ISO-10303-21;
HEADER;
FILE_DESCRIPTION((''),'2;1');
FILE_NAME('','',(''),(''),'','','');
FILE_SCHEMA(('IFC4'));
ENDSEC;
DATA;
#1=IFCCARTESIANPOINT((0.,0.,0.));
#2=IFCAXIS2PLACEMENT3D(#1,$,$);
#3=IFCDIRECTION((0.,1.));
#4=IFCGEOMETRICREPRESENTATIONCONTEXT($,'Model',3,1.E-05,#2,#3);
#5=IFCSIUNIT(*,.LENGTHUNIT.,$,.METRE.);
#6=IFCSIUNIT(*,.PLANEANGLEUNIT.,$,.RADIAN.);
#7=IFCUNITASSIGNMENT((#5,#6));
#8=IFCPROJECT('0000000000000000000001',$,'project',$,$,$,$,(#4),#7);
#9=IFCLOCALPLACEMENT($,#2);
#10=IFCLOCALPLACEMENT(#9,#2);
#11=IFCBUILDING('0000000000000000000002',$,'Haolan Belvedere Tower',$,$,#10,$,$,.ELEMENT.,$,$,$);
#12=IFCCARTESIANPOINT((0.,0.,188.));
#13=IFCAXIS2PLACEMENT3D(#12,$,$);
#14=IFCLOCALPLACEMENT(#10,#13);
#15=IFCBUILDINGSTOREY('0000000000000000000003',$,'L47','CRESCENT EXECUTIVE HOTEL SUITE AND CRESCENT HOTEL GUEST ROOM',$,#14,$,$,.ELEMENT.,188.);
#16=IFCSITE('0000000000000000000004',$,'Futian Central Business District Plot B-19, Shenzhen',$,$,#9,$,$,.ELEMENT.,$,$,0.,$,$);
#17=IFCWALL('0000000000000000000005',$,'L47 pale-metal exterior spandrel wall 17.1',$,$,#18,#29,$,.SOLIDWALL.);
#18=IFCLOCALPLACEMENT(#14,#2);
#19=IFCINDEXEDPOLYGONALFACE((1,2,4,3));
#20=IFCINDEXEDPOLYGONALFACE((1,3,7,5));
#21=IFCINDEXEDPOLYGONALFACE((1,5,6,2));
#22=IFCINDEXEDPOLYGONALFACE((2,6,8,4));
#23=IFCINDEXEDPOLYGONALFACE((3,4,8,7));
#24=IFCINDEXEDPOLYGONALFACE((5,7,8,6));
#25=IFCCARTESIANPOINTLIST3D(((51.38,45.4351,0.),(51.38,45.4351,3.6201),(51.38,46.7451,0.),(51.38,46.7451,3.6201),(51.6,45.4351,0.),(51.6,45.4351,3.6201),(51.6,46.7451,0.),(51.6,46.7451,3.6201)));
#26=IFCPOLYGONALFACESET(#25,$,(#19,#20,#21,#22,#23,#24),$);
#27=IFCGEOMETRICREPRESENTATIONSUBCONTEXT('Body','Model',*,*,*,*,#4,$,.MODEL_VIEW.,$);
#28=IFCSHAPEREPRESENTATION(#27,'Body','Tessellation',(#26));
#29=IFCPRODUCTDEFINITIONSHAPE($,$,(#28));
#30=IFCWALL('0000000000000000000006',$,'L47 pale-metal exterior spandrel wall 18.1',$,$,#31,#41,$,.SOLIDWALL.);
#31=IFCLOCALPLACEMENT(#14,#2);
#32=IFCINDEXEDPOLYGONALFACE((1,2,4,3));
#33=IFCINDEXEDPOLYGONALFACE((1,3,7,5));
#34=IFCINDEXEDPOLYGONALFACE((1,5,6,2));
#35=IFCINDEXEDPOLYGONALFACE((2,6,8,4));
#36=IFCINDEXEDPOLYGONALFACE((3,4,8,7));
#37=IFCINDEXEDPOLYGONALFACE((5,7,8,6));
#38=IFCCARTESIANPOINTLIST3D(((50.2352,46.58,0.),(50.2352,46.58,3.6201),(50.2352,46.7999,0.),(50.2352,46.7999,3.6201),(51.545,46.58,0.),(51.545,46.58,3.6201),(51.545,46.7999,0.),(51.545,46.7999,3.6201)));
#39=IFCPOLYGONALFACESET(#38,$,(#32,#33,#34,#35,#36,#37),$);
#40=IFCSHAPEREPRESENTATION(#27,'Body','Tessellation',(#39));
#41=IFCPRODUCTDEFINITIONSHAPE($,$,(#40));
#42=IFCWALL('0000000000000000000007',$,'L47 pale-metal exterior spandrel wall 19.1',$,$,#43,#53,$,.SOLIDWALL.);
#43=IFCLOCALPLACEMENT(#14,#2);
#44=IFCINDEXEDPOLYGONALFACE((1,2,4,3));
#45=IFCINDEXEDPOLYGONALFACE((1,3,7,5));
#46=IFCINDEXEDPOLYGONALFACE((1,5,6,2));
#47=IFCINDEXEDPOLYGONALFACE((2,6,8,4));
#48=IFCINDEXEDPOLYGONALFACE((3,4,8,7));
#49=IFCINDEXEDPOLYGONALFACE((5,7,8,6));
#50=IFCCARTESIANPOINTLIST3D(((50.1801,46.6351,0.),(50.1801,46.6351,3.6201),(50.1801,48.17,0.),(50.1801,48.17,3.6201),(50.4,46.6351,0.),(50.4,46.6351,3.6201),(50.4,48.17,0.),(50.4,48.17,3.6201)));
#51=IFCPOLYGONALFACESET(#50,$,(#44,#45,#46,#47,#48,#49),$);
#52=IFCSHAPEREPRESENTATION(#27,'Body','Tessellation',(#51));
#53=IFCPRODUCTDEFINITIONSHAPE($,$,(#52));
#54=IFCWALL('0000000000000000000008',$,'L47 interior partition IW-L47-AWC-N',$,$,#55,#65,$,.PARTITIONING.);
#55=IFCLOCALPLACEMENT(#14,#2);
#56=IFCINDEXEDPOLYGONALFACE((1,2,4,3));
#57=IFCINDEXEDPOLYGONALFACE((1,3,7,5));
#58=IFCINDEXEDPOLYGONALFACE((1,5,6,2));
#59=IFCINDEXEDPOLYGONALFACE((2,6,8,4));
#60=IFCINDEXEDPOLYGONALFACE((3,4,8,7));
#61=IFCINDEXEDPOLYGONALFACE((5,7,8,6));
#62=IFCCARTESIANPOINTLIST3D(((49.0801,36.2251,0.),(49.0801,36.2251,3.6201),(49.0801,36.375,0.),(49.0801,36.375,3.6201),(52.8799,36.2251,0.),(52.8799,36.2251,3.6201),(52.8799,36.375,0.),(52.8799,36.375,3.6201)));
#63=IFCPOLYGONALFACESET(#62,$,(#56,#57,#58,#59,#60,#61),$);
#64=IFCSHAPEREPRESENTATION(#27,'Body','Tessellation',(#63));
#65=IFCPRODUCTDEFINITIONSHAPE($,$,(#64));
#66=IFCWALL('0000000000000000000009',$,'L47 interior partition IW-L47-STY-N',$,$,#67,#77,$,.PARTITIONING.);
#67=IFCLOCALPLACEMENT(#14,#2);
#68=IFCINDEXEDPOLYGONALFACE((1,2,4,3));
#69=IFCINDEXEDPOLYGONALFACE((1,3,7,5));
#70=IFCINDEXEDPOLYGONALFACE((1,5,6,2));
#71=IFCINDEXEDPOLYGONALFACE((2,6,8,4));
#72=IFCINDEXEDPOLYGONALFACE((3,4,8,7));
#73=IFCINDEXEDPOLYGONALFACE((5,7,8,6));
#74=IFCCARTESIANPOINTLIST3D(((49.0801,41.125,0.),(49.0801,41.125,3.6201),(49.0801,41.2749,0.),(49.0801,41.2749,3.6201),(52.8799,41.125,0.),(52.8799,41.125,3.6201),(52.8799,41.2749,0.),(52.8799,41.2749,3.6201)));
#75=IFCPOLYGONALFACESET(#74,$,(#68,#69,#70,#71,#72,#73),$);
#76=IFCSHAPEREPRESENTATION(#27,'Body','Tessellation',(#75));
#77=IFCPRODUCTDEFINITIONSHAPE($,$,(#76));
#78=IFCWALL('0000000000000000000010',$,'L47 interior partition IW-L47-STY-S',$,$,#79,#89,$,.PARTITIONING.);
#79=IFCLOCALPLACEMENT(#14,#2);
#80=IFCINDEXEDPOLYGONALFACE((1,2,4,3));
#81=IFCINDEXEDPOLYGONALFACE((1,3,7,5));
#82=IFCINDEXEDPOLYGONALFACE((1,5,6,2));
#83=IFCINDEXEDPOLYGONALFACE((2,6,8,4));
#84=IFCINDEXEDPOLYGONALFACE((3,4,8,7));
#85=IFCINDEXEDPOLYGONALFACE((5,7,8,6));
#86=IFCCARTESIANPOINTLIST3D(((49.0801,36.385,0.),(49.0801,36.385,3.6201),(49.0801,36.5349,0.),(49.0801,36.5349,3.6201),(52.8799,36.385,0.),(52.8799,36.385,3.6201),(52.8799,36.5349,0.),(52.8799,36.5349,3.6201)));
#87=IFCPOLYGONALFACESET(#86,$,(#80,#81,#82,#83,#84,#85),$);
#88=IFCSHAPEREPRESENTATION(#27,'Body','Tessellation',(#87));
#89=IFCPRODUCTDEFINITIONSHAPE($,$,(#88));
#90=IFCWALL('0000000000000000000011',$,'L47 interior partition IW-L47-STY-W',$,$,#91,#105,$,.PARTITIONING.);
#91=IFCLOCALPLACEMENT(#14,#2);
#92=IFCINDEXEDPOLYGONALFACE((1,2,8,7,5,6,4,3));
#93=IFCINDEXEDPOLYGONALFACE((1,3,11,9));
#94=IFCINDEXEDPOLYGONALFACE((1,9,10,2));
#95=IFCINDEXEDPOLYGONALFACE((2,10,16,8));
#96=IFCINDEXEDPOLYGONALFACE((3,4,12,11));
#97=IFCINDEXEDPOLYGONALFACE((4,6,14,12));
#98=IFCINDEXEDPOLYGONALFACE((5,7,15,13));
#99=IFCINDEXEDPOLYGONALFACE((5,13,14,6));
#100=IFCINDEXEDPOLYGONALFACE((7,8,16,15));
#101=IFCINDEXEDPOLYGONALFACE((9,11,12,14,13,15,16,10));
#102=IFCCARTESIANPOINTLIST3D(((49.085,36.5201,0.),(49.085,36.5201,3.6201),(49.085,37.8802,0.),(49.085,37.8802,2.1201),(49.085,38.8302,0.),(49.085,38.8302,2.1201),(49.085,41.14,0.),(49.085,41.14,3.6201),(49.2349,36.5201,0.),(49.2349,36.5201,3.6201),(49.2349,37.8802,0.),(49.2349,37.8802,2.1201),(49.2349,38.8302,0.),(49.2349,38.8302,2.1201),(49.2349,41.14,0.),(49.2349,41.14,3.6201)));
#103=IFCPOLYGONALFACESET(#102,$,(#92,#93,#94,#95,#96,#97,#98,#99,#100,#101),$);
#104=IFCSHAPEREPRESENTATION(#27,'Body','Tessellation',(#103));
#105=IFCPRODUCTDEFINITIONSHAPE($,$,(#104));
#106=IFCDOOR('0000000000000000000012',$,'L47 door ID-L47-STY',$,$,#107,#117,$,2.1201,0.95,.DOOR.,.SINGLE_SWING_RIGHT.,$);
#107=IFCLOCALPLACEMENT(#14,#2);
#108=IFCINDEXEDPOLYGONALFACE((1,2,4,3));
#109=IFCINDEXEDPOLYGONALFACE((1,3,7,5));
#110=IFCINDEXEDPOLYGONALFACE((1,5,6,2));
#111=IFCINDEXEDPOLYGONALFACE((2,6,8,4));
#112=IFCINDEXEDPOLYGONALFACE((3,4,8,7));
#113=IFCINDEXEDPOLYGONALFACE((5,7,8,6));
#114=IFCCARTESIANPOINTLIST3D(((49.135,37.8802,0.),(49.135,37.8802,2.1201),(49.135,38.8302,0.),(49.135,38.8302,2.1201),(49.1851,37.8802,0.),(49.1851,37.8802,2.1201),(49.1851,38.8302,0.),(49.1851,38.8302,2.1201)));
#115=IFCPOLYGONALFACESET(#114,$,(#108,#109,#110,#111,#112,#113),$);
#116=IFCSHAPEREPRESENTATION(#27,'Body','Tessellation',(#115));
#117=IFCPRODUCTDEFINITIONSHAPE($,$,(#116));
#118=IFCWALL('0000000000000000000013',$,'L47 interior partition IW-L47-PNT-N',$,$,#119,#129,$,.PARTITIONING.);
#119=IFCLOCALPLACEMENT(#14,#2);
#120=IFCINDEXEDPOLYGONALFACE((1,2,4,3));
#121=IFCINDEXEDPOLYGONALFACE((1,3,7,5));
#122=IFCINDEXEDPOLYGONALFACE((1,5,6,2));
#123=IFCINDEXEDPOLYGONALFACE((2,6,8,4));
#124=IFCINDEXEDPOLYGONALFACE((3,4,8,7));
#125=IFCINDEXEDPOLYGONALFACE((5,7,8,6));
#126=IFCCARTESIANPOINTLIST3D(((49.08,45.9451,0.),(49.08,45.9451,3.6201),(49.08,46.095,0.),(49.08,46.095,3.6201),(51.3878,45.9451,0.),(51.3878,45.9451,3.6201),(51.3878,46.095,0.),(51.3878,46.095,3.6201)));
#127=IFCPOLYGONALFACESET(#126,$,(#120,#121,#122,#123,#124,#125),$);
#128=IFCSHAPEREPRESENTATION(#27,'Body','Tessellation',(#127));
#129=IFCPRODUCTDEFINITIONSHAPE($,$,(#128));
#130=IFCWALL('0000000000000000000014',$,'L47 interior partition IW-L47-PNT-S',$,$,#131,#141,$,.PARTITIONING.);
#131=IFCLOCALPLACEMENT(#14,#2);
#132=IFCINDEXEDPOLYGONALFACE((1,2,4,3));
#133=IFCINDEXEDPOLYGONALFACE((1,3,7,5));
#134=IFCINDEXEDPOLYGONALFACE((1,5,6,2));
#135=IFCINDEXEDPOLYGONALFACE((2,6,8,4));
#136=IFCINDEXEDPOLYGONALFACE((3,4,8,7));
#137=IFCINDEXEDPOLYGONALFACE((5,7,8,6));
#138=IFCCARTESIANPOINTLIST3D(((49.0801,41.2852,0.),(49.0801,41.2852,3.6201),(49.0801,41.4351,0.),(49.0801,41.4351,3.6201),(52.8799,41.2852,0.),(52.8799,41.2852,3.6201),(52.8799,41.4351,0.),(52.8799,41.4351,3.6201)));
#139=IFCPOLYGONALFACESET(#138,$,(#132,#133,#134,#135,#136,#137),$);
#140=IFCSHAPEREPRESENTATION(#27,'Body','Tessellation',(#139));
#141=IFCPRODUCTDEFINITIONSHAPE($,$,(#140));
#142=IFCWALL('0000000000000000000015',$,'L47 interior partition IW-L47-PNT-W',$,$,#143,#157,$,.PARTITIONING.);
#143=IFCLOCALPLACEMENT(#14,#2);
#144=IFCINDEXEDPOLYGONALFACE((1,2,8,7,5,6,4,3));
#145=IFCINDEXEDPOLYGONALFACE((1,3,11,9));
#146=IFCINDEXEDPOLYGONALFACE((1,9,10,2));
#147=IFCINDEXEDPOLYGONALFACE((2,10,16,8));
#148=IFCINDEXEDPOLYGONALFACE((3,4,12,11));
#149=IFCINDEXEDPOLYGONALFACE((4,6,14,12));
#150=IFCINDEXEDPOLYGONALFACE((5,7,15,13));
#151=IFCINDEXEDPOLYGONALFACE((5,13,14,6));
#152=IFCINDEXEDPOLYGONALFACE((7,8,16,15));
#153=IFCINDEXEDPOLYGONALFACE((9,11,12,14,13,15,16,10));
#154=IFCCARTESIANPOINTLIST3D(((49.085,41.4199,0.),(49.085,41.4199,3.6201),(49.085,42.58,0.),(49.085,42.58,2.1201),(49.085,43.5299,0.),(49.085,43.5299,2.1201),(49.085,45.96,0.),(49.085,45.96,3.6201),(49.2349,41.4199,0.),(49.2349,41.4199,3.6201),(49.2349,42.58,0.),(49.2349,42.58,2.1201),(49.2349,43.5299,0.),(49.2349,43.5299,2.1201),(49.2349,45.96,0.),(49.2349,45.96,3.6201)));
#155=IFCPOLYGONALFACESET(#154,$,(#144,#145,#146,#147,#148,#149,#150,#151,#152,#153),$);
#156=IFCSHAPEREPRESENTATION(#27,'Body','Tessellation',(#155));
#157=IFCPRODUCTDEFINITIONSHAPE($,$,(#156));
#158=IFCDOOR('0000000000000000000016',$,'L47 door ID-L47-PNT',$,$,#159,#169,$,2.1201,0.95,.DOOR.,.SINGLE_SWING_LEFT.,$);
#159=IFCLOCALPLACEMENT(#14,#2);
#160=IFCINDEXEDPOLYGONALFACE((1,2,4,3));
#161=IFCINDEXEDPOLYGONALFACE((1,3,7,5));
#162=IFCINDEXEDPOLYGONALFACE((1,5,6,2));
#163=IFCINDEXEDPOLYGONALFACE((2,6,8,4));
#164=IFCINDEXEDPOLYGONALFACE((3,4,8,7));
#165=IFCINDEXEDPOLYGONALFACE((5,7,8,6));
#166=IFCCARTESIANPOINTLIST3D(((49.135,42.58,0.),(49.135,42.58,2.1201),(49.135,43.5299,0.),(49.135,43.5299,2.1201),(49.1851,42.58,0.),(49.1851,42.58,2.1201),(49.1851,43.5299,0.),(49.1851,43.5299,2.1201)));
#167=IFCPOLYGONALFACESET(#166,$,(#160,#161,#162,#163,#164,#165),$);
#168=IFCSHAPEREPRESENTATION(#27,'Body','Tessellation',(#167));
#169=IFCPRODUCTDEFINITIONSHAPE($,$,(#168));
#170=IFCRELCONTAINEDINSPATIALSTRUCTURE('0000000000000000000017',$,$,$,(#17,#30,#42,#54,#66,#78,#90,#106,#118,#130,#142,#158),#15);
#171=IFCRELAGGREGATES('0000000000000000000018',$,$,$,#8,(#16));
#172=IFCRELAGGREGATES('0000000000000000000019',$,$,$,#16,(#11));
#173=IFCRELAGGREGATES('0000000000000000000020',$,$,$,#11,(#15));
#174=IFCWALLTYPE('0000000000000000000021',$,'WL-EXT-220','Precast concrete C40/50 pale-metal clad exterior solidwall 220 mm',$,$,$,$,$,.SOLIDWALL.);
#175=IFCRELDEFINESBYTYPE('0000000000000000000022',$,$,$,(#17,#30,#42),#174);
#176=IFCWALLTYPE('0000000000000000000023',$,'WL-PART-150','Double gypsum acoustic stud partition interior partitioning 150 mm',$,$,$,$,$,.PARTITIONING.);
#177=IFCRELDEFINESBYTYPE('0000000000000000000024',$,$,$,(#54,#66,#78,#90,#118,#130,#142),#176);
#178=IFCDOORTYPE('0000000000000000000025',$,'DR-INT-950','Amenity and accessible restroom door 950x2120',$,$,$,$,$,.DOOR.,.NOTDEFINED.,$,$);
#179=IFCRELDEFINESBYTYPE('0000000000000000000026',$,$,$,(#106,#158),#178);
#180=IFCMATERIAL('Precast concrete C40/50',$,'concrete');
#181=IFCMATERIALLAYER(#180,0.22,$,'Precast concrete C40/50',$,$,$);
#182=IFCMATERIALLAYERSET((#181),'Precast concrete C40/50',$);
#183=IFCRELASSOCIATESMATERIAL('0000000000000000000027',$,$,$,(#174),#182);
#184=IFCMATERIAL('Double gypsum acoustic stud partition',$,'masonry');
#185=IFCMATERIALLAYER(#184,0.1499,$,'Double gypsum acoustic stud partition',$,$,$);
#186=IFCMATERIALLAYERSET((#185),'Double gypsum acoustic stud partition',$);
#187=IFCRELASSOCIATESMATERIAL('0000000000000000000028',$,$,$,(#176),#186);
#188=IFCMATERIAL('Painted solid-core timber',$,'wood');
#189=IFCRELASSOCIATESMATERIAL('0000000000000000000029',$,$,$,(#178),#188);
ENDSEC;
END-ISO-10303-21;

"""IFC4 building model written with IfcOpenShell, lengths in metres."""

from ifc_helpers import new_model, si_unit, direction, frame, frame_2d, origin, place, context, subcontext, project, spatial, rectangle, extrude, material, layer, layer_set, type_object, element, fill, save


model = new_model("IFC4")

# Units and contexts
model_context = context("Model", 3, precision=1e-05, world=origin(), true_north=direction((0.0, 1.0)))
body_context = subcontext(model_context, "Body", "Model", "MODEL_VIEW")
ifc_project = project(units=[si_unit("LENGTHUNIT", "METRE"), si_unit("PLANEANGLEUNIT", "RADIAN")], contexts=[model_context])

# Site, building, storey
site_placement = place(None, origin())
site = spatial("IfcSite", under=ifc_project, at=site_placement, Name="Futian Central Business District Plot B-19, Shenzhen", CompositionType="ELEMENT", RefElevation=0.0)
building_placement = place(site_placement, origin())
building = spatial("IfcBuilding", under=site, at=building_placement, Name="Haolan Belvedere Tower", CompositionType="ELEMENT")
storey_placement = place(building_placement, frame((0.0, 0.0, 188.0)))
storey = spatial("IfcBuildingStorey", under=building, at=storey_placement, Name="L47", Description="CRESCENT EXECUTIVE HOTEL SUITE AND CRESCENT HOTEL GUEST ROOM", CompositionType="ELEMENT", Elevation=188.0)

# Walls
ifc_material_1 = material(Name="Precast concrete C40/50", Category="concrete")
ifc_layer_1 = layer(ifc_material_1, 0.22, Name="Precast concrete C40/50")
ifc_layer_set_1 = layer_set([ifc_layer_1], Name="Precast concrete C40/50")
wall_type_1 = type_object("IfcWallType", Name="WL-EXT-220", Description="Precast concrete C40/50 pale-metal clad exterior solidwall 220 mm", PredefinedType="SOLIDWALL", material=ifc_layer_set_1)
wall_1_placement = place(storey_placement, frame((51.49, 45.4351, 0.0), z_axis=(0.0, 0.0, 1.0), x_axis=(0.0, 1.0, 0.0)))
element("IfcWall", 1, at=wall_1_placement, inside=storey, type_object=wall_type_1, Name="L47 pale-metal exterior spandrel wall 17.1", PredefinedType="SOLIDWALL", context=body_context, shape_type="SweptSolid", body=[
    extrude(rectangle(XDim=1.3101, YDim=0.22, at=frame_2d((0.655, 0.0))), origin(), (0.0, 0.0, 1.0), 3.6201),
])
wall_2_placement = place(storey_placement, frame((51.5449, 46.6899, 0.0), z_axis=(0.0, 0.0, 1.0), x_axis=(-1.0, 0.0, 0.0)))
element("IfcWall", 2, at=wall_2_placement, inside=storey, type_object=wall_type_1, Name="L47 pale-metal exterior spandrel wall 18.1", PredefinedType="SOLIDWALL", context=body_context, shape_type="SweptSolid", body=[
    extrude(rectangle(XDim=1.3098, YDim=0.22, at=frame_2d((0.6548, 0.0))), origin(), (0.0, 0.0, 1.0), 3.6201),
])
wall_3_placement = place(storey_placement, frame((50.29, 46.635, 0.0), z_axis=(0.0, 0.0, 1.0), x_axis=(0.0, 1.0, 0.0)))
element("IfcWall", 3, at=wall_3_placement, inside=storey, type_object=wall_type_1, Name="L47 pale-metal exterior spandrel wall 19.1", PredefinedType="SOLIDWALL", context=body_context, shape_type="SweptSolid", body=[
    extrude(rectangle(XDim=1.5349, YDim=0.22, at=frame_2d((0.7676, 0.0))), origin(), (0.0, 0.0, 1.0), 3.6201),
])
ifc_material_2 = material(Name="Double gypsum acoustic stud partition", Category="masonry")
ifc_layer_2 = layer(ifc_material_2, 0.1499, Name="Double gypsum acoustic stud partition")
ifc_layer_set_2 = layer_set([ifc_layer_2], Name="Double gypsum acoustic stud partition")
wall_type_2 = type_object("IfcWallType", Name="WL-PART-150", Description="Double gypsum acoustic stud partition interior partitioning 150 mm", PredefinedType="PARTITIONING", material=ifc_layer_set_2)
for number, where, z_axis, x_axis, name in (
    (4, (49.0801, 36.3, 0.0), (0.0, 0.0, 1.0), (1.0, 0.0, 0.0), "L47 interior partition IW-L47-AWC-N"),
    (5, (49.0801, 41.2, 0.0), (0.0, 0.0, 1.0), (1.0, 0.0, 0.0), "L47 interior partition IW-L47-STY-N"),
    (6, (49.0801, 36.46, 0.0), (0.0, 0.0, 1.0), (1.0, 0.0, 0.0), "L47 interior partition IW-L47-STY-S"),
):
    element("IfcWall", number, at=place(storey_placement, frame(where, z_axis=z_axis, x_axis=x_axis)), inside=storey, type_object=wall_type_2, Name=name, PredefinedType="PARTITIONING", context=body_context, shape_type="SweptSolid", body=[
        extrude(rectangle(XDim=3.7998, YDim=0.1499, at=frame_2d((1.8999, 0.0))), origin(), (0.0, 0.0, 1.0), 3.6201),
    ])

# Wall, opening, door
wall_4_placement = place(storey_placement, frame((49.1599, 36.52, 0.0), z_axis=(0.0, 0.0, 1.0), x_axis=(0.0, 1.0, 0.0)))
wall_4 = element("IfcWall", 7, at=wall_4_placement, inside=storey, type_object=wall_type_2, Name="L47 interior partition IW-L47-STY-W", PredefinedType="PARTITIONING", context=body_context, shape_type="SweptSolid", body=[
    extrude(rectangle(XDim=4.6199, YDim=0.1499, at=frame_2d((2.3101, 0.0))), origin(), (0.0, 0.0, 1.0), 3.6201),
])
opening_1_placement = place(wall_4_placement, frame((1.3601, 0.0, 0.0)))
opening_1 = element("IfcOpeningElement", 8, at=opening_1_placement, cuts=wall_4, PredefinedType="OPENING", context=body_context, shape_type="SweptSolid", body=[
    extrude(rectangle(XDim=0.95, YDim=2.1201, at=frame_2d((0.4751, 1.0601))), frame((0.0, 0.085, 0.0), z_axis=(0.0, -1.0, 0.0), x_axis=(1.0, 0.0, 0.0)), (0.0, 0.0, 1.0), 0.1699),
])
ifc_material_3 = material(Name="Painted solid-core timber", Category="wood")
door_type = type_object("IfcDoorType", Name="DR-INT-950", Description="Amenity and accessible restroom door 950x2120", OperationType="NOTDEFINED", PredefinedType="DOOR", material=ifc_material_3)
door_1_placement = place(opening_1_placement, origin())
door_1 = element("IfcDoor", 9, at=door_1_placement, inside=storey, type_object=door_type, Name="L47 door ID-L47-STY", OperationType="SINGLE_SWING_RIGHT", OverallHeight=2.1201, OverallWidth=0.95, PredefinedType="DOOR", context=body_context, shape_type="SweptSolid", body=[
    extrude(rectangle(XDim=0.95, YDim=2.1201, at=frame_2d((0.4751, 1.0601))), frame((0.0, 0.0249, 0.0), z_axis=(0.0, -1.0, 0.0), x_axis=(1.0, 0.0, 0.0)), (0.0, 0.0, 1.0), 0.05),
])
fill(opening_1, door_1)

# Walls
wall_5_placement = place(storey_placement, frame((49.0801, 46.02, 0.0), z_axis=(0.0, 0.0, 1.0), x_axis=(1.0, 0.0, 0.0)))
element("IfcWall", 10, at=wall_5_placement, inside=storey, type_object=wall_type_2, Name="L47 interior partition IW-L47-PNT-N", PredefinedType="PARTITIONING", context=body_context, shape_type="SweptSolid", body=[
    extrude(rectangle(XDim=2.3079, YDim=0.1499, at=frame_2d((1.1538, 0.0))), origin(), (0.0, 0.0, 1.0), 3.6201),
])
wall_6_placement = place(storey_placement, frame((49.0801, 41.3601, 0.0), z_axis=(0.0, 0.0, 1.0), x_axis=(1.0, 0.0, 0.0)))
element("IfcWall", 11, at=wall_6_placement, inside=storey, type_object=wall_type_2, Name="L47 interior partition IW-L47-PNT-S", PredefinedType="PARTITIONING", context=body_context, shape_type="SweptSolid", body=[
    extrude(rectangle(XDim=3.7998, YDim=0.1499, at=frame_2d((1.8999, 0.0))), origin(), (0.0, 0.0, 1.0), 3.6201),
])

# Wall, opening, door
wall_7_placement = place(storey_placement, frame((49.1599, 41.4199, 0.0), z_axis=(0.0, 0.0, 1.0), x_axis=(0.0, 1.0, 0.0)))
wall_7 = element("IfcWall", 12, at=wall_7_placement, inside=storey, type_object=wall_type_2, Name="L47 interior partition IW-L47-PNT-W", PredefinedType="PARTITIONING", context=body_context, shape_type="SweptSolid", body=[
    extrude(rectangle(XDim=4.54, YDim=0.1499, at=frame_2d((2.27, 0.0))), origin(), (0.0, 0.0, 1.0), 3.6201),
])
opening_2_placement = place(wall_7_placement, frame((1.1599, 0.0, 0.0)))
opening_2 = element("IfcOpeningElement", 13, at=opening_2_placement, cuts=wall_7, PredefinedType="OPENING", context=body_context, shape_type="SweptSolid", body=[
    extrude(rectangle(XDim=0.95, YDim=2.1201, at=frame_2d((0.4751, 1.0601))), frame((0.0, 0.085, 0.0), z_axis=(0.0, -1.0, 0.0), x_axis=(1.0, 0.0, 0.0)), (0.0, 0.0, 1.0), 0.1699),
])
door_2_placement = place(opening_2_placement, origin())
door_2 = element("IfcDoor", 14, at=door_2_placement, inside=storey, type_object=door_type, Name="L47 door ID-L47-PNT", OperationType="SINGLE_SWING_LEFT", OverallHeight=2.1201, OverallWidth=0.95, PredefinedType="DOOR", context=body_context, shape_type="SweptSolid", body=[
    extrude(rectangle(XDim=0.95, YDim=2.1201, at=frame_2d((0.4751, 1.0601))), frame((0.0, 0.0249, 0.0), z_axis=(0.0, -1.0, 0.0), x_axis=(1.0, 0.0, 0.0)), (0.0, 0.0, 1.0), 0.05),
])
fill(opening_2, door_2)

save(model, "model.ifc")
